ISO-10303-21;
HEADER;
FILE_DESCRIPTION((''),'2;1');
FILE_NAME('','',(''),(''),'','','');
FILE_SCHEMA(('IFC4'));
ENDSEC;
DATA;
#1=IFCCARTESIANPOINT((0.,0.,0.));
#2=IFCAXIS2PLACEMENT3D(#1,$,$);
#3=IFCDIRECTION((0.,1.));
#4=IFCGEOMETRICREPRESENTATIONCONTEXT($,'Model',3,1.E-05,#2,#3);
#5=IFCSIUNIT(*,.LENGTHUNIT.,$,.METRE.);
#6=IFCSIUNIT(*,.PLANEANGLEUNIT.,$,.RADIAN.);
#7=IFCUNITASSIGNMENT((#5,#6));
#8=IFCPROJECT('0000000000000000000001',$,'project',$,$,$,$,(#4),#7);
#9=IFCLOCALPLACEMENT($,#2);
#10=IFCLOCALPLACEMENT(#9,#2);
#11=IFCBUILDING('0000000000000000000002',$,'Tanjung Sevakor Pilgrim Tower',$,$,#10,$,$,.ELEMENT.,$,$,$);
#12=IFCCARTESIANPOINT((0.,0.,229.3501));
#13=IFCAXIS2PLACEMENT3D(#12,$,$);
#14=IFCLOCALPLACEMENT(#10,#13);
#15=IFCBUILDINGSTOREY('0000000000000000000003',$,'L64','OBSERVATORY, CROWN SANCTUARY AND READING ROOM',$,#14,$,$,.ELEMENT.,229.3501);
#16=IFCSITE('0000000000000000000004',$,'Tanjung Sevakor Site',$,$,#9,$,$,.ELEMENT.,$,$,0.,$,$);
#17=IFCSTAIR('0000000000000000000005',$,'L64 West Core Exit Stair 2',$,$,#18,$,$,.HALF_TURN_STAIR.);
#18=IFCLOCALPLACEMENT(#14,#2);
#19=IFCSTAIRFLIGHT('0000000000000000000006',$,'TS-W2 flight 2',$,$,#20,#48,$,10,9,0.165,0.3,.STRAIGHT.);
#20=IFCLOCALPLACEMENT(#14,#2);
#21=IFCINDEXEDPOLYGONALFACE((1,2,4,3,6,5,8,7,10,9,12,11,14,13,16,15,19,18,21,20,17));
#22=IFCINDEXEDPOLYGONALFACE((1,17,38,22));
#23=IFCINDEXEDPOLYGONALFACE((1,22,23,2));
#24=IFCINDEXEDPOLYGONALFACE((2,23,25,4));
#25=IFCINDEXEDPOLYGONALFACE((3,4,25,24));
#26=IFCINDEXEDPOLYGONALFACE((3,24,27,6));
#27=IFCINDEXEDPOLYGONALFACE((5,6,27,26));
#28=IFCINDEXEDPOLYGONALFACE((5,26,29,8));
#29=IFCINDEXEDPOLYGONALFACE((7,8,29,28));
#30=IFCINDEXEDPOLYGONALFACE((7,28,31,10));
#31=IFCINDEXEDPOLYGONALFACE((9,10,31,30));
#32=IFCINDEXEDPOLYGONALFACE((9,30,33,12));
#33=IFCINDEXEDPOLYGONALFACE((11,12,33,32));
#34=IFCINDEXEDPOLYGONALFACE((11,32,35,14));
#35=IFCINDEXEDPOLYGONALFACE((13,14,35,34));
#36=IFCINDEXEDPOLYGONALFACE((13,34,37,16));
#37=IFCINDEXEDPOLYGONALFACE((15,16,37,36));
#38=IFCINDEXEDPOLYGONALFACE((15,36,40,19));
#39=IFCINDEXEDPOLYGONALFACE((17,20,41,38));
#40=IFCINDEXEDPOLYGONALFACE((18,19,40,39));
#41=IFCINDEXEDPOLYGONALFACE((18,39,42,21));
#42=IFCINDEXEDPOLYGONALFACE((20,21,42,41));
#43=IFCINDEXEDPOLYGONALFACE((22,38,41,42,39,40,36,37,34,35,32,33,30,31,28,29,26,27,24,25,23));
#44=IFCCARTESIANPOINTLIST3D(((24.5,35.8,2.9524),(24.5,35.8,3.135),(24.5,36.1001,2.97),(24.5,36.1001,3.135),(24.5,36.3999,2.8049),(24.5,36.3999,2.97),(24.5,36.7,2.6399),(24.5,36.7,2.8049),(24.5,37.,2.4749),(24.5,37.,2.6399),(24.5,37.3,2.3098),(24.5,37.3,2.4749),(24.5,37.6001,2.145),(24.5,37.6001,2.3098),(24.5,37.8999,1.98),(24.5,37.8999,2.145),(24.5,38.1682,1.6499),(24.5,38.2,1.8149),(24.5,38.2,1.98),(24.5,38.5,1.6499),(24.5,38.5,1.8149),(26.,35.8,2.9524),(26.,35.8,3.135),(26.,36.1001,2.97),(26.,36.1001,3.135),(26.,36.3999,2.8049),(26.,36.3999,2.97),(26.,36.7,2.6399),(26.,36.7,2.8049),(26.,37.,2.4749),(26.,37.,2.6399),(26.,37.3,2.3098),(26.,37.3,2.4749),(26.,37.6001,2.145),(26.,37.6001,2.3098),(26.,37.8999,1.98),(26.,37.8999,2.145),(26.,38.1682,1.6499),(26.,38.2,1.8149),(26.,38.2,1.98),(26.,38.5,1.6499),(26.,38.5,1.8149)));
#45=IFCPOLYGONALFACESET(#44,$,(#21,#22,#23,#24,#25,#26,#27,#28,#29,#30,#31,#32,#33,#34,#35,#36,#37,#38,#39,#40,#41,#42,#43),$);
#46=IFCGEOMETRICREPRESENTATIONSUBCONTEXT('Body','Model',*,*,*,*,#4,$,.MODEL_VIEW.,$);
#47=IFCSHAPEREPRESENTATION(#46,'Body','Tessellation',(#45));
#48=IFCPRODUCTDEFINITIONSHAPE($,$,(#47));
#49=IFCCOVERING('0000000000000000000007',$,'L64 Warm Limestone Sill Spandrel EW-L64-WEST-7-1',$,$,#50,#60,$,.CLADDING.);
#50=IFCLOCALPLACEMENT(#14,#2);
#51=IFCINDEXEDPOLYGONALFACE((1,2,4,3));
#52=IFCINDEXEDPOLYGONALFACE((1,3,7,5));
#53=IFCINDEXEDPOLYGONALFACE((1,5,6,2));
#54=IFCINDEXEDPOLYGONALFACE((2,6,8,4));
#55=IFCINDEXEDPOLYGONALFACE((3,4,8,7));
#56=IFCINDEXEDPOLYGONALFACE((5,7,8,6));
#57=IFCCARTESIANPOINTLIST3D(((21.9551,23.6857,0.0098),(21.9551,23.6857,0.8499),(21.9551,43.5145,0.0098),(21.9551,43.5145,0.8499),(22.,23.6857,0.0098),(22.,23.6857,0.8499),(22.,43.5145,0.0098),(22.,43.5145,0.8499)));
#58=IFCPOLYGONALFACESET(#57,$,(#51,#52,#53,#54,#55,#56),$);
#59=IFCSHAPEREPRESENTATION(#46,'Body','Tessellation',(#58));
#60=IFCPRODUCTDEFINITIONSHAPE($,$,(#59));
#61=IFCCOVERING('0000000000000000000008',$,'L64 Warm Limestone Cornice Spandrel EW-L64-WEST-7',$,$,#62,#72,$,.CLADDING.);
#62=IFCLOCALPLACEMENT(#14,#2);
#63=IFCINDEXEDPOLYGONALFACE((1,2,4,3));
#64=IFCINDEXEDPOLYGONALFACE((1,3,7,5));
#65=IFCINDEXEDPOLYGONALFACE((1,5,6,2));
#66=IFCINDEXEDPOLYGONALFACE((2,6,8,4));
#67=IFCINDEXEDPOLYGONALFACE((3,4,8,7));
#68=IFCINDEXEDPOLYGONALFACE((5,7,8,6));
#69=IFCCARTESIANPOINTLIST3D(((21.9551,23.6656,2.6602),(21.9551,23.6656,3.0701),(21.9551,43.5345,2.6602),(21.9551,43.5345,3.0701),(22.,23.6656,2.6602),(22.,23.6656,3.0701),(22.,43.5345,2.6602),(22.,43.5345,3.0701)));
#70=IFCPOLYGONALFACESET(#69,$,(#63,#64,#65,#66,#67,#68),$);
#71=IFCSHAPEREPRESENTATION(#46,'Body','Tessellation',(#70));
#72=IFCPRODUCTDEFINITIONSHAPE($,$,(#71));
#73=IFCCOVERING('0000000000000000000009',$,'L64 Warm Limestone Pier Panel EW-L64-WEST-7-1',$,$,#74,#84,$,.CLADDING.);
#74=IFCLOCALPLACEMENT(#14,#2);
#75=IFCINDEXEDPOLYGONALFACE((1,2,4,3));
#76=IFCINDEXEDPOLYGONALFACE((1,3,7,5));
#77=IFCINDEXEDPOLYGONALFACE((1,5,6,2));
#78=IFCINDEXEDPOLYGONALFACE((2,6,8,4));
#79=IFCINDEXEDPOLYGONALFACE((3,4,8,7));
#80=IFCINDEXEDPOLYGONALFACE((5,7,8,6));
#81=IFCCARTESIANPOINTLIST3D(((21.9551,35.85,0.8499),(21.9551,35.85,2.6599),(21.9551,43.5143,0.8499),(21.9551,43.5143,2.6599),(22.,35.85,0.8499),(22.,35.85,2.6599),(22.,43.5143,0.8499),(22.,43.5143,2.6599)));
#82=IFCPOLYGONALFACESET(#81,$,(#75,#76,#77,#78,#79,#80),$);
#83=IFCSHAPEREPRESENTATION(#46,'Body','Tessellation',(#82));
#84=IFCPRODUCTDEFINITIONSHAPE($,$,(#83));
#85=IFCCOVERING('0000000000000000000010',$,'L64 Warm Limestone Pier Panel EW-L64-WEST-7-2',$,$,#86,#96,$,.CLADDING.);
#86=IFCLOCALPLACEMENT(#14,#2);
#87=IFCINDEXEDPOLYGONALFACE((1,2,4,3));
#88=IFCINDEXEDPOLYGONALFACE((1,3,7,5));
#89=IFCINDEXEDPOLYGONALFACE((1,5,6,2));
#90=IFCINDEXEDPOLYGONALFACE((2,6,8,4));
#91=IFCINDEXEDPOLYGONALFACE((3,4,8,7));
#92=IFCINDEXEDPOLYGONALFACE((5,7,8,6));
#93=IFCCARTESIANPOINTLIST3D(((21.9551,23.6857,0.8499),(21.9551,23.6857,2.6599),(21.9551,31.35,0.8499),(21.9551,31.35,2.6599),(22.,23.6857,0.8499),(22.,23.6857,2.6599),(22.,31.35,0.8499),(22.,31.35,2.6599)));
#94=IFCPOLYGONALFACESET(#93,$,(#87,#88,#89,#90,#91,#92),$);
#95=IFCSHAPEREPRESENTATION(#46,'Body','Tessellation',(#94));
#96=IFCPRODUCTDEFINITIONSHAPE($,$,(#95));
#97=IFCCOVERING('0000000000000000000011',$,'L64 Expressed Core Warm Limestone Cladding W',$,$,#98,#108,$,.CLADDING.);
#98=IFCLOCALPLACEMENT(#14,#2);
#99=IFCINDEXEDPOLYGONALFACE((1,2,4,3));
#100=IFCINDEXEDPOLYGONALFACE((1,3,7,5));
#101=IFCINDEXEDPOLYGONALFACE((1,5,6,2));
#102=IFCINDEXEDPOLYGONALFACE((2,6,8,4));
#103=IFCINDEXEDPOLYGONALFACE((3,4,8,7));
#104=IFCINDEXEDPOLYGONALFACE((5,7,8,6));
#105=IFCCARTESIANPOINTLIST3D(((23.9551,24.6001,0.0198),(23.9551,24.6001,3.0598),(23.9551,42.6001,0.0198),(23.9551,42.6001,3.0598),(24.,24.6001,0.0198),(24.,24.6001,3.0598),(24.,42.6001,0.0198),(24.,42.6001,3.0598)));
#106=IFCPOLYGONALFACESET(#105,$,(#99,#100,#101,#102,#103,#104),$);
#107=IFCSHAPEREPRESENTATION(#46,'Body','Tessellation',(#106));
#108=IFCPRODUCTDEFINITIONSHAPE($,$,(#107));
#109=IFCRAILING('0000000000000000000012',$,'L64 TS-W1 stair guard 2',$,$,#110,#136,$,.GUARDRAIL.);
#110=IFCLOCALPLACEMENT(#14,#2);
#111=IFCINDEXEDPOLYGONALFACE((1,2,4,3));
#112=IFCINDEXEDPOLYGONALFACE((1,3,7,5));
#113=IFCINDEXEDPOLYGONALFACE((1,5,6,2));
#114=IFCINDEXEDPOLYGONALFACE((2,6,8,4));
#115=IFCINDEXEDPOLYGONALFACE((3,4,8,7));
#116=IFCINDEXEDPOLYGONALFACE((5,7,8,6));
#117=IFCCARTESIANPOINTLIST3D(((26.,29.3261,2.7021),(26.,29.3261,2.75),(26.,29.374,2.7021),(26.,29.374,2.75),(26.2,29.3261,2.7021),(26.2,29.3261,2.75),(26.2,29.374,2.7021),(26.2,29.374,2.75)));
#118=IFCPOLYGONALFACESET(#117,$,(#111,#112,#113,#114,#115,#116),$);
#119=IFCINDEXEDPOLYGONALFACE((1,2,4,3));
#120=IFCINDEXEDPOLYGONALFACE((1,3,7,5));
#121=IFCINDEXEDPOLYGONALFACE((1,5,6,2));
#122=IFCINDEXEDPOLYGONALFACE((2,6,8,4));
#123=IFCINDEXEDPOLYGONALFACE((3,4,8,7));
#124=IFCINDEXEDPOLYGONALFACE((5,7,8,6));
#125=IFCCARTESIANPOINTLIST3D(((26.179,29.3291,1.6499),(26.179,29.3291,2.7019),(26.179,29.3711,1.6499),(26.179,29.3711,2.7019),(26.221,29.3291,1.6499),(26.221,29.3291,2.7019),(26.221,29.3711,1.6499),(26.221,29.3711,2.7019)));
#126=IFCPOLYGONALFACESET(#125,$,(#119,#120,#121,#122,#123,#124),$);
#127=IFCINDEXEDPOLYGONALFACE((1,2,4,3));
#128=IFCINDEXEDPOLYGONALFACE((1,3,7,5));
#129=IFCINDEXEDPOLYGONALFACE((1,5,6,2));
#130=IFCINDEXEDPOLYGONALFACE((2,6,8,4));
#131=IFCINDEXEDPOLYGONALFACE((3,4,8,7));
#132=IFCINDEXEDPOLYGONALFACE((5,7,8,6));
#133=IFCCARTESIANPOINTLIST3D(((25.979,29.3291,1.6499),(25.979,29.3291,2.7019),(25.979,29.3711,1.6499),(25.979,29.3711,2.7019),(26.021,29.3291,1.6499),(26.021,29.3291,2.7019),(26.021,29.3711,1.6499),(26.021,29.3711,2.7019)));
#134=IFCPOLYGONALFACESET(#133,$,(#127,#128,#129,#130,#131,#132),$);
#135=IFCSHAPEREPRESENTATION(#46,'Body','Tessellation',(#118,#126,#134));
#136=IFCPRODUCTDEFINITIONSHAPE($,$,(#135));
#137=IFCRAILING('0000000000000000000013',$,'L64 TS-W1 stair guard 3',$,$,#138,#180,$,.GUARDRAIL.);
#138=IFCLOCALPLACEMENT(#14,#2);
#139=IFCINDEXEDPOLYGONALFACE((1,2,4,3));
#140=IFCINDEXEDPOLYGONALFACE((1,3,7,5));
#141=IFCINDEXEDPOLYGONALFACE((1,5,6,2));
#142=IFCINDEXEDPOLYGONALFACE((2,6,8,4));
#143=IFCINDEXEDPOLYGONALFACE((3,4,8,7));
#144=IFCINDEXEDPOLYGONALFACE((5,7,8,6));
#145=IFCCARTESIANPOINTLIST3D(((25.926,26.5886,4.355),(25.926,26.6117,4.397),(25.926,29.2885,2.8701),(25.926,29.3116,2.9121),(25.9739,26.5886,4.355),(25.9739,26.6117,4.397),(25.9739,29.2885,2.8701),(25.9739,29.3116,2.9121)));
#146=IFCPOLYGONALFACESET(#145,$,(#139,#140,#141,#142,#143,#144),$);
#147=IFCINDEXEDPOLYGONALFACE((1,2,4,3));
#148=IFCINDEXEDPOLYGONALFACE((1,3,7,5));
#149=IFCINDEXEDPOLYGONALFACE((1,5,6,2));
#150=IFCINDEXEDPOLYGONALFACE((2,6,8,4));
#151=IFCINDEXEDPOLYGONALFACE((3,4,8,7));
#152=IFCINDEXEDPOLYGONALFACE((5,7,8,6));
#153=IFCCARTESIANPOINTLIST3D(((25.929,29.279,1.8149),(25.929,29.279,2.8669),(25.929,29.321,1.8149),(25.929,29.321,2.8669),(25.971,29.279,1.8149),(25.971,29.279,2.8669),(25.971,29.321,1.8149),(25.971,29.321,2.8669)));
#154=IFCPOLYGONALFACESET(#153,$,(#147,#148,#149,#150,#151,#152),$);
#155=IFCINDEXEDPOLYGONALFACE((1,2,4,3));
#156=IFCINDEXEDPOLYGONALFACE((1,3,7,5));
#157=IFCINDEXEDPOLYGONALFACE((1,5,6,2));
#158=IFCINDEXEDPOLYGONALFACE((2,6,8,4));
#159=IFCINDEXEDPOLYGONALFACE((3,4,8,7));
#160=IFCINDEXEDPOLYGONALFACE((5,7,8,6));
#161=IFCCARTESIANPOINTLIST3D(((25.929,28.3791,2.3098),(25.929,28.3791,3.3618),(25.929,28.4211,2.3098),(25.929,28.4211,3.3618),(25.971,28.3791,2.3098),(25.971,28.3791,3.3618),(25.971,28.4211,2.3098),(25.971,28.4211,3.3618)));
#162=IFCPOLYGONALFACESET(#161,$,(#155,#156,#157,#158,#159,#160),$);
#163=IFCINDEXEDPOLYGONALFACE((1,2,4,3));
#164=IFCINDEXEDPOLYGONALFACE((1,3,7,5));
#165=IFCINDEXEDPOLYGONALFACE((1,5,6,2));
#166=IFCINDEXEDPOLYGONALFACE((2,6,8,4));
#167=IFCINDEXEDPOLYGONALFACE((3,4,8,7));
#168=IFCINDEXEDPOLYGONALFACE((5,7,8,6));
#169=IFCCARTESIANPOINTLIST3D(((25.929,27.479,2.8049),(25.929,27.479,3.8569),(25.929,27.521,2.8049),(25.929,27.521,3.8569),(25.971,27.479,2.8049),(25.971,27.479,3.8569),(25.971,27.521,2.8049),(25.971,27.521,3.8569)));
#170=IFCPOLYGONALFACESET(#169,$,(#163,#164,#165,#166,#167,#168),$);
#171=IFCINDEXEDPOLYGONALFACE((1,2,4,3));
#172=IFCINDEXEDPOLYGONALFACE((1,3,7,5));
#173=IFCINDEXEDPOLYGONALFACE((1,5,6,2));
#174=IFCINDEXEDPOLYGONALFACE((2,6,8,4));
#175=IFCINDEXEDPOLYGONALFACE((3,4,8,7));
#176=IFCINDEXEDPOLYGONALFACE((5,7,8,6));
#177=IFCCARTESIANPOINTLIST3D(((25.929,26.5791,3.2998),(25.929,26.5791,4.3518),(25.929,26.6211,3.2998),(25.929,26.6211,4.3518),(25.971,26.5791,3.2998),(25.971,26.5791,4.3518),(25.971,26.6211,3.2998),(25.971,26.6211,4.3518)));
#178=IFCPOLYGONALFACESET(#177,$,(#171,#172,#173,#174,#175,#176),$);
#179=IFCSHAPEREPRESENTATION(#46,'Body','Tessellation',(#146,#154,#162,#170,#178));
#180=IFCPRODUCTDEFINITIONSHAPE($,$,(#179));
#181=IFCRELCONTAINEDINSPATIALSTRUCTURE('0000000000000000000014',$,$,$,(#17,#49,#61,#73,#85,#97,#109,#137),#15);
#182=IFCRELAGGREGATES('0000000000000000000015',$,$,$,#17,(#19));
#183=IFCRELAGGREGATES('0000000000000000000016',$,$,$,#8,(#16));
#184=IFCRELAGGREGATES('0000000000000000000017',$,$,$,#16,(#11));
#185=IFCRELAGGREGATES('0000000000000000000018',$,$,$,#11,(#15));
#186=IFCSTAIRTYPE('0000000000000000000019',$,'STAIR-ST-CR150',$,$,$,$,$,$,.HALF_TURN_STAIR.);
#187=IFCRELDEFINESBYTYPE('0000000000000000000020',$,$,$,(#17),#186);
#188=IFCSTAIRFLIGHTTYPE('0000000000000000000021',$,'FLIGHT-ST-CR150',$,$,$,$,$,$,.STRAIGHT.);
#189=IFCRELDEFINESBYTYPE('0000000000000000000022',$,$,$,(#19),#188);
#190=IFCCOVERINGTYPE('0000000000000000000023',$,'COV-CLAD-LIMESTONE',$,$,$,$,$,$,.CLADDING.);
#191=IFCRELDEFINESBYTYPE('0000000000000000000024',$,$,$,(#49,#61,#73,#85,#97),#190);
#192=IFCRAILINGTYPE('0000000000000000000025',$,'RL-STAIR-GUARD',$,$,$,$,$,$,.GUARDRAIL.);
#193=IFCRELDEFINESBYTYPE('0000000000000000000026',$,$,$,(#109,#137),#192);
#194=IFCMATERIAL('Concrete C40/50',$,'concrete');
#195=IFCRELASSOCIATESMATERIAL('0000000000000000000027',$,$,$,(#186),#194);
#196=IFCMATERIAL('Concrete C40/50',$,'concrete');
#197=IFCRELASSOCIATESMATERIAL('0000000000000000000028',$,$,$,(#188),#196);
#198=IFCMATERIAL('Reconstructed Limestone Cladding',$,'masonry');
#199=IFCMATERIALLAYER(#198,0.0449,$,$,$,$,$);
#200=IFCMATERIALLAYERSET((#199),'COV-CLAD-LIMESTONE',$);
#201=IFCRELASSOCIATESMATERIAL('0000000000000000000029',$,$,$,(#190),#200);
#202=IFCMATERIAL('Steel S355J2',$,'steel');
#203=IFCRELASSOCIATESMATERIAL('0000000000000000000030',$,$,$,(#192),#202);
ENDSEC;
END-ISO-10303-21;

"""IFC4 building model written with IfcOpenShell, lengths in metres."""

from ifc_helpers import new_model, si_unit, direction, frame, origin, origin_2d, place, context, subcontext, project, spatial, polyline, rectangle, outline, extrude, material, layer, layer_set, type_object, element, aggregate, save


model = new_model("IFC4")

# Units and contexts
model_context = context("Model", 3, precision=1e-05, world=origin(), true_north=direction((0.0, 1.0)))
body_context = subcontext(model_context, "Body", "Model", "MODEL_VIEW")
ifc_project = project(units=[si_unit("LENGTHUNIT", "METRE"), si_unit("PLANEANGLEUNIT", "RADIAN")], contexts=[model_context])

# Site, building, storey
site_placement = place(None, origin())
site = spatial("IfcSite", under=ifc_project, at=site_placement, Name="Tanjung Sevakor Site", CompositionType="ELEMENT", RefElevation=0.0)
building_placement = place(site_placement, origin())
building = spatial("IfcBuilding", under=site, at=building_placement, Name="Tanjung Sevakor Pilgrim Tower", CompositionType="ELEMENT")
storey_placement = place(building_placement, frame((0.0, 0.0, 229.3501)))
storey = spatial("IfcBuildingStorey", under=building, at=storey_placement, Name="L64", Description="OBSERVATORY, CROWN SANCTUARY AND READING ROOM", CompositionType="ELEMENT", Elevation=229.3501)

# Shared definitions
ifc_material_1 = material(Name="Concrete C40/50", Category="concrete")
stair_type = type_object("IfcStairType", Name="STAIR-ST-CR150", PredefinedType="HALF_TURN_STAIR", material=ifc_material_1)
ifc_material_2 = material(Name="Concrete C40/50", Category="concrete")
stair_flight_type = type_object("IfcStairFlightType", Name="FLIGHT-ST-CR150", PredefinedType="STRAIGHT", material=ifc_material_2)

# Stair, stair flight
stair_1_placement = place(storey_placement, origin())
stair_1 = element("IfcStair", 1, at=stair_1_placement, inside=storey, type_object=stair_type, Name="L64 West Core Exit Stair 2", PredefinedType="HALF_TURN_STAIR")
stair_flight_1_placement = place(storey_placement, frame((25.25, 38.5, 1.6499), z_axis=(0.0, 0.0, 1.0), x_axis=(0.0, -1.0, 0.0)))
stair_flight_1 = element("IfcStairFlight", 2, at=stair_flight_1_placement, type_object=stair_flight_type, Name="TS-W2 flight 2", NumberOfRisers=10, NumberOfTreads=9, PredefinedType="STRAIGHT", RiserHeight=0.165, TreadLength=0.3, context=body_context, shape_type="SweptSolid", body=[
    extrude(outline(polyline([(0.0, 0.0), (0.0, 0.165), (0.3, 0.165), (0.3, 0.3301), (0.6001, 0.3301), (0.6001, 0.4951), (0.8999, 0.4951), (0.8999, 0.6599), (1.2, 0.6599), (1.2, 0.825), (1.5, 0.825), (1.5, 0.99), (1.8, 0.99), (1.8, 1.155), (2.1001, 1.155), (2.1001, 1.3201), (2.3999, 1.3201), (2.3999, 1.4851), (2.7, 1.4851), (2.7, 1.6499), (2.7, 1.3025), (0.3318, 0.0), (0.0, 0.0)])), frame((0.0, 0.75, 0.0), z_axis=(0.0, -1.0, 0.0), x_axis=(1.0, 0.0, 0.0)), (0.0, 0.0, 1.0), 1.5),
])
aggregate(stair_1, [stair_flight_1])

# Coverings
ifc_material_3 = material(Name="Reconstructed Limestone Cladding", Category="masonry")
ifc_layer_1 = layer(ifc_material_3, 0.0449)
ifc_layer_set_1 = layer_set([ifc_layer_1], Name="COV-CLAD-LIMESTONE")
covering_type = type_object("IfcCoveringType", Name="COV-CLAD-LIMESTONE", PredefinedType="CLADDING", material=ifc_layer_set_1)
covering_1_placement = place(storey_placement, frame((21.9775, 33.6001, 0.0098), z_axis=(0.0, 0.0, 1.0), x_axis=(0.0, -1.0, 0.0)))
element("IfcCovering", 3, at=covering_1_placement, inside=storey, type_object=covering_type, Name="L64 Warm Limestone Sill Spandrel EW-L64-WEST-7-1", PredefinedType="CLADDING", context=body_context, shape_type="SweptSolid", body=[
    extrude(rectangle(XDim=19.8289, YDim=0.0449, at=origin_2d()), origin(), (0.0, 0.0, 1.0), 0.8401),
])
covering_2_placement = place(storey_placement, frame((21.9775, 33.6001, 2.6602), z_axis=(0.0, 0.0, 1.0), x_axis=(0.0, -1.0, 0.0)))
element("IfcCovering", 4, at=covering_2_placement, inside=storey, type_object=covering_type, Name="L64 Warm Limestone Cornice Spandrel EW-L64-WEST-7", PredefinedType="CLADDING", context=body_context, shape_type="SweptSolid", body=[
    extrude(rectangle(XDim=19.8689, YDim=0.0449, at=origin_2d()), origin(), (0.0, 0.0, 1.0), 0.4099),
])
for number, where, z_axis, x_axis, name in (
    (5, (21.9775, 39.6821, 0.8499), (0.0, 0.0, 1.0), (0.0, -1.0, 0.0), "L64 Warm Limestone Pier Panel EW-L64-WEST-7-1"),
    (6, (21.9775, 27.5178, 0.8499), (0.0, 0.0, 1.0), (0.0, -1.0, 0.0), "L64 Warm Limestone Pier Panel EW-L64-WEST-7-2"),
):
    element("IfcCovering", number, at=place(storey_placement, frame(where, z_axis=z_axis, x_axis=x_axis)), inside=storey, type_object=covering_type, Name=name, PredefinedType="CLADDING", context=body_context, shape_type="SweptSolid", body=[
        extrude(rectangle(XDim=7.6643, YDim=0.0449, at=origin_2d()), origin(), (0.0, 0.0, 1.0), 1.8101),
    ])
covering_3_placement = place(storey_placement, frame((23.9775, 33.6001, 0.0198), z_axis=(0.0, 0.0, 1.0), x_axis=(1.0, 0.0, 0.0)))
element("IfcCovering", 7, at=covering_3_placement, inside=storey, type_object=covering_type, Name="L64 Expressed Core Warm Limestone Cladding W", PredefinedType="CLADDING", context=body_context, shape_type="SweptSolid", body=[
    extrude(rectangle(XDim=0.0449, YDim=18.0, at=origin_2d()), origin(), (0.0, 0.0, 1.0), 3.04),
])

# Railings
ifc_material_4 = material(Name="Steel S355J2", Category="steel")
railing_type_1 = type_object("IfcRailingType", Name="RL-STAIR-GUARD", PredefinedType="GUARDRAIL", material=ifc_material_4)
railing_1_placement = place(storey_placement, frame((26.2, 29.3501, 1.6499)))
element("IfcRailing", 8, at=railing_1_placement, inside=storey, type_object=railing_type_1, Name="L64 TS-W1 stair guard 2", PredefinedType="GUARDRAIL", context=body_context, shape_type="SweptSolid", body=[
    extrude(rectangle(XDim=0.0479, YDim=0.0479), frame((0.0, 0.0, 1.0762), z_axis=(-1.0, 0.0, 0.0), x_axis=(0.0, -1.0, 0.0)), (0.0, 0.0, 1.0), 0.2),
    extrude(rectangle(XDim=0.042, YDim=0.042), origin(), (0.0, 0.0, 1.0), 1.052),
    extrude(rectangle(XDim=0.042, YDim=0.042), frame((-0.2, 0.0, 0.0)), (0.0, 0.0, 1.0), 1.052),
])
railing_2_placement = place(storey_placement, frame((25.95, 29.3, 1.8149)))
element("IfcRailing", 9, at=railing_2_placement, inside=storey, type_object=railing_type_1, Name="L64 TS-W1 stair guard 3", PredefinedType="GUARDRAIL", context=body_context, shape_type="SweptSolid", body=[
    extrude(rectangle(XDim=0.0479, YDim=0.0479), frame((0.0, 0.0, 1.0762), z_axis=(0.0, -0.876231, 0.481891), x_axis=(1.0, 0.0, 0.0)), (0.0, 0.0, 1.0), 3.0813),
    extrude(rectangle(XDim=0.042, YDim=0.042), origin(), (0.0, 0.0, 1.0), 1.052),
    extrude(rectangle(XDim=0.042, YDim=0.042), frame((0.0, -0.8999, 0.4949)), (0.0, 0.0, 1.0), 1.052),
    extrude(rectangle(XDim=0.042, YDim=0.042), frame((0.0, -1.8, 0.99)), (0.0, 0.0, 1.0), 1.052),
    extrude(rectangle(XDim=0.042, YDim=0.042), frame((0.0, -2.7, 1.4849)), (0.0, 0.0, 1.0), 1.052),
])

save(model, "model.ifc")
